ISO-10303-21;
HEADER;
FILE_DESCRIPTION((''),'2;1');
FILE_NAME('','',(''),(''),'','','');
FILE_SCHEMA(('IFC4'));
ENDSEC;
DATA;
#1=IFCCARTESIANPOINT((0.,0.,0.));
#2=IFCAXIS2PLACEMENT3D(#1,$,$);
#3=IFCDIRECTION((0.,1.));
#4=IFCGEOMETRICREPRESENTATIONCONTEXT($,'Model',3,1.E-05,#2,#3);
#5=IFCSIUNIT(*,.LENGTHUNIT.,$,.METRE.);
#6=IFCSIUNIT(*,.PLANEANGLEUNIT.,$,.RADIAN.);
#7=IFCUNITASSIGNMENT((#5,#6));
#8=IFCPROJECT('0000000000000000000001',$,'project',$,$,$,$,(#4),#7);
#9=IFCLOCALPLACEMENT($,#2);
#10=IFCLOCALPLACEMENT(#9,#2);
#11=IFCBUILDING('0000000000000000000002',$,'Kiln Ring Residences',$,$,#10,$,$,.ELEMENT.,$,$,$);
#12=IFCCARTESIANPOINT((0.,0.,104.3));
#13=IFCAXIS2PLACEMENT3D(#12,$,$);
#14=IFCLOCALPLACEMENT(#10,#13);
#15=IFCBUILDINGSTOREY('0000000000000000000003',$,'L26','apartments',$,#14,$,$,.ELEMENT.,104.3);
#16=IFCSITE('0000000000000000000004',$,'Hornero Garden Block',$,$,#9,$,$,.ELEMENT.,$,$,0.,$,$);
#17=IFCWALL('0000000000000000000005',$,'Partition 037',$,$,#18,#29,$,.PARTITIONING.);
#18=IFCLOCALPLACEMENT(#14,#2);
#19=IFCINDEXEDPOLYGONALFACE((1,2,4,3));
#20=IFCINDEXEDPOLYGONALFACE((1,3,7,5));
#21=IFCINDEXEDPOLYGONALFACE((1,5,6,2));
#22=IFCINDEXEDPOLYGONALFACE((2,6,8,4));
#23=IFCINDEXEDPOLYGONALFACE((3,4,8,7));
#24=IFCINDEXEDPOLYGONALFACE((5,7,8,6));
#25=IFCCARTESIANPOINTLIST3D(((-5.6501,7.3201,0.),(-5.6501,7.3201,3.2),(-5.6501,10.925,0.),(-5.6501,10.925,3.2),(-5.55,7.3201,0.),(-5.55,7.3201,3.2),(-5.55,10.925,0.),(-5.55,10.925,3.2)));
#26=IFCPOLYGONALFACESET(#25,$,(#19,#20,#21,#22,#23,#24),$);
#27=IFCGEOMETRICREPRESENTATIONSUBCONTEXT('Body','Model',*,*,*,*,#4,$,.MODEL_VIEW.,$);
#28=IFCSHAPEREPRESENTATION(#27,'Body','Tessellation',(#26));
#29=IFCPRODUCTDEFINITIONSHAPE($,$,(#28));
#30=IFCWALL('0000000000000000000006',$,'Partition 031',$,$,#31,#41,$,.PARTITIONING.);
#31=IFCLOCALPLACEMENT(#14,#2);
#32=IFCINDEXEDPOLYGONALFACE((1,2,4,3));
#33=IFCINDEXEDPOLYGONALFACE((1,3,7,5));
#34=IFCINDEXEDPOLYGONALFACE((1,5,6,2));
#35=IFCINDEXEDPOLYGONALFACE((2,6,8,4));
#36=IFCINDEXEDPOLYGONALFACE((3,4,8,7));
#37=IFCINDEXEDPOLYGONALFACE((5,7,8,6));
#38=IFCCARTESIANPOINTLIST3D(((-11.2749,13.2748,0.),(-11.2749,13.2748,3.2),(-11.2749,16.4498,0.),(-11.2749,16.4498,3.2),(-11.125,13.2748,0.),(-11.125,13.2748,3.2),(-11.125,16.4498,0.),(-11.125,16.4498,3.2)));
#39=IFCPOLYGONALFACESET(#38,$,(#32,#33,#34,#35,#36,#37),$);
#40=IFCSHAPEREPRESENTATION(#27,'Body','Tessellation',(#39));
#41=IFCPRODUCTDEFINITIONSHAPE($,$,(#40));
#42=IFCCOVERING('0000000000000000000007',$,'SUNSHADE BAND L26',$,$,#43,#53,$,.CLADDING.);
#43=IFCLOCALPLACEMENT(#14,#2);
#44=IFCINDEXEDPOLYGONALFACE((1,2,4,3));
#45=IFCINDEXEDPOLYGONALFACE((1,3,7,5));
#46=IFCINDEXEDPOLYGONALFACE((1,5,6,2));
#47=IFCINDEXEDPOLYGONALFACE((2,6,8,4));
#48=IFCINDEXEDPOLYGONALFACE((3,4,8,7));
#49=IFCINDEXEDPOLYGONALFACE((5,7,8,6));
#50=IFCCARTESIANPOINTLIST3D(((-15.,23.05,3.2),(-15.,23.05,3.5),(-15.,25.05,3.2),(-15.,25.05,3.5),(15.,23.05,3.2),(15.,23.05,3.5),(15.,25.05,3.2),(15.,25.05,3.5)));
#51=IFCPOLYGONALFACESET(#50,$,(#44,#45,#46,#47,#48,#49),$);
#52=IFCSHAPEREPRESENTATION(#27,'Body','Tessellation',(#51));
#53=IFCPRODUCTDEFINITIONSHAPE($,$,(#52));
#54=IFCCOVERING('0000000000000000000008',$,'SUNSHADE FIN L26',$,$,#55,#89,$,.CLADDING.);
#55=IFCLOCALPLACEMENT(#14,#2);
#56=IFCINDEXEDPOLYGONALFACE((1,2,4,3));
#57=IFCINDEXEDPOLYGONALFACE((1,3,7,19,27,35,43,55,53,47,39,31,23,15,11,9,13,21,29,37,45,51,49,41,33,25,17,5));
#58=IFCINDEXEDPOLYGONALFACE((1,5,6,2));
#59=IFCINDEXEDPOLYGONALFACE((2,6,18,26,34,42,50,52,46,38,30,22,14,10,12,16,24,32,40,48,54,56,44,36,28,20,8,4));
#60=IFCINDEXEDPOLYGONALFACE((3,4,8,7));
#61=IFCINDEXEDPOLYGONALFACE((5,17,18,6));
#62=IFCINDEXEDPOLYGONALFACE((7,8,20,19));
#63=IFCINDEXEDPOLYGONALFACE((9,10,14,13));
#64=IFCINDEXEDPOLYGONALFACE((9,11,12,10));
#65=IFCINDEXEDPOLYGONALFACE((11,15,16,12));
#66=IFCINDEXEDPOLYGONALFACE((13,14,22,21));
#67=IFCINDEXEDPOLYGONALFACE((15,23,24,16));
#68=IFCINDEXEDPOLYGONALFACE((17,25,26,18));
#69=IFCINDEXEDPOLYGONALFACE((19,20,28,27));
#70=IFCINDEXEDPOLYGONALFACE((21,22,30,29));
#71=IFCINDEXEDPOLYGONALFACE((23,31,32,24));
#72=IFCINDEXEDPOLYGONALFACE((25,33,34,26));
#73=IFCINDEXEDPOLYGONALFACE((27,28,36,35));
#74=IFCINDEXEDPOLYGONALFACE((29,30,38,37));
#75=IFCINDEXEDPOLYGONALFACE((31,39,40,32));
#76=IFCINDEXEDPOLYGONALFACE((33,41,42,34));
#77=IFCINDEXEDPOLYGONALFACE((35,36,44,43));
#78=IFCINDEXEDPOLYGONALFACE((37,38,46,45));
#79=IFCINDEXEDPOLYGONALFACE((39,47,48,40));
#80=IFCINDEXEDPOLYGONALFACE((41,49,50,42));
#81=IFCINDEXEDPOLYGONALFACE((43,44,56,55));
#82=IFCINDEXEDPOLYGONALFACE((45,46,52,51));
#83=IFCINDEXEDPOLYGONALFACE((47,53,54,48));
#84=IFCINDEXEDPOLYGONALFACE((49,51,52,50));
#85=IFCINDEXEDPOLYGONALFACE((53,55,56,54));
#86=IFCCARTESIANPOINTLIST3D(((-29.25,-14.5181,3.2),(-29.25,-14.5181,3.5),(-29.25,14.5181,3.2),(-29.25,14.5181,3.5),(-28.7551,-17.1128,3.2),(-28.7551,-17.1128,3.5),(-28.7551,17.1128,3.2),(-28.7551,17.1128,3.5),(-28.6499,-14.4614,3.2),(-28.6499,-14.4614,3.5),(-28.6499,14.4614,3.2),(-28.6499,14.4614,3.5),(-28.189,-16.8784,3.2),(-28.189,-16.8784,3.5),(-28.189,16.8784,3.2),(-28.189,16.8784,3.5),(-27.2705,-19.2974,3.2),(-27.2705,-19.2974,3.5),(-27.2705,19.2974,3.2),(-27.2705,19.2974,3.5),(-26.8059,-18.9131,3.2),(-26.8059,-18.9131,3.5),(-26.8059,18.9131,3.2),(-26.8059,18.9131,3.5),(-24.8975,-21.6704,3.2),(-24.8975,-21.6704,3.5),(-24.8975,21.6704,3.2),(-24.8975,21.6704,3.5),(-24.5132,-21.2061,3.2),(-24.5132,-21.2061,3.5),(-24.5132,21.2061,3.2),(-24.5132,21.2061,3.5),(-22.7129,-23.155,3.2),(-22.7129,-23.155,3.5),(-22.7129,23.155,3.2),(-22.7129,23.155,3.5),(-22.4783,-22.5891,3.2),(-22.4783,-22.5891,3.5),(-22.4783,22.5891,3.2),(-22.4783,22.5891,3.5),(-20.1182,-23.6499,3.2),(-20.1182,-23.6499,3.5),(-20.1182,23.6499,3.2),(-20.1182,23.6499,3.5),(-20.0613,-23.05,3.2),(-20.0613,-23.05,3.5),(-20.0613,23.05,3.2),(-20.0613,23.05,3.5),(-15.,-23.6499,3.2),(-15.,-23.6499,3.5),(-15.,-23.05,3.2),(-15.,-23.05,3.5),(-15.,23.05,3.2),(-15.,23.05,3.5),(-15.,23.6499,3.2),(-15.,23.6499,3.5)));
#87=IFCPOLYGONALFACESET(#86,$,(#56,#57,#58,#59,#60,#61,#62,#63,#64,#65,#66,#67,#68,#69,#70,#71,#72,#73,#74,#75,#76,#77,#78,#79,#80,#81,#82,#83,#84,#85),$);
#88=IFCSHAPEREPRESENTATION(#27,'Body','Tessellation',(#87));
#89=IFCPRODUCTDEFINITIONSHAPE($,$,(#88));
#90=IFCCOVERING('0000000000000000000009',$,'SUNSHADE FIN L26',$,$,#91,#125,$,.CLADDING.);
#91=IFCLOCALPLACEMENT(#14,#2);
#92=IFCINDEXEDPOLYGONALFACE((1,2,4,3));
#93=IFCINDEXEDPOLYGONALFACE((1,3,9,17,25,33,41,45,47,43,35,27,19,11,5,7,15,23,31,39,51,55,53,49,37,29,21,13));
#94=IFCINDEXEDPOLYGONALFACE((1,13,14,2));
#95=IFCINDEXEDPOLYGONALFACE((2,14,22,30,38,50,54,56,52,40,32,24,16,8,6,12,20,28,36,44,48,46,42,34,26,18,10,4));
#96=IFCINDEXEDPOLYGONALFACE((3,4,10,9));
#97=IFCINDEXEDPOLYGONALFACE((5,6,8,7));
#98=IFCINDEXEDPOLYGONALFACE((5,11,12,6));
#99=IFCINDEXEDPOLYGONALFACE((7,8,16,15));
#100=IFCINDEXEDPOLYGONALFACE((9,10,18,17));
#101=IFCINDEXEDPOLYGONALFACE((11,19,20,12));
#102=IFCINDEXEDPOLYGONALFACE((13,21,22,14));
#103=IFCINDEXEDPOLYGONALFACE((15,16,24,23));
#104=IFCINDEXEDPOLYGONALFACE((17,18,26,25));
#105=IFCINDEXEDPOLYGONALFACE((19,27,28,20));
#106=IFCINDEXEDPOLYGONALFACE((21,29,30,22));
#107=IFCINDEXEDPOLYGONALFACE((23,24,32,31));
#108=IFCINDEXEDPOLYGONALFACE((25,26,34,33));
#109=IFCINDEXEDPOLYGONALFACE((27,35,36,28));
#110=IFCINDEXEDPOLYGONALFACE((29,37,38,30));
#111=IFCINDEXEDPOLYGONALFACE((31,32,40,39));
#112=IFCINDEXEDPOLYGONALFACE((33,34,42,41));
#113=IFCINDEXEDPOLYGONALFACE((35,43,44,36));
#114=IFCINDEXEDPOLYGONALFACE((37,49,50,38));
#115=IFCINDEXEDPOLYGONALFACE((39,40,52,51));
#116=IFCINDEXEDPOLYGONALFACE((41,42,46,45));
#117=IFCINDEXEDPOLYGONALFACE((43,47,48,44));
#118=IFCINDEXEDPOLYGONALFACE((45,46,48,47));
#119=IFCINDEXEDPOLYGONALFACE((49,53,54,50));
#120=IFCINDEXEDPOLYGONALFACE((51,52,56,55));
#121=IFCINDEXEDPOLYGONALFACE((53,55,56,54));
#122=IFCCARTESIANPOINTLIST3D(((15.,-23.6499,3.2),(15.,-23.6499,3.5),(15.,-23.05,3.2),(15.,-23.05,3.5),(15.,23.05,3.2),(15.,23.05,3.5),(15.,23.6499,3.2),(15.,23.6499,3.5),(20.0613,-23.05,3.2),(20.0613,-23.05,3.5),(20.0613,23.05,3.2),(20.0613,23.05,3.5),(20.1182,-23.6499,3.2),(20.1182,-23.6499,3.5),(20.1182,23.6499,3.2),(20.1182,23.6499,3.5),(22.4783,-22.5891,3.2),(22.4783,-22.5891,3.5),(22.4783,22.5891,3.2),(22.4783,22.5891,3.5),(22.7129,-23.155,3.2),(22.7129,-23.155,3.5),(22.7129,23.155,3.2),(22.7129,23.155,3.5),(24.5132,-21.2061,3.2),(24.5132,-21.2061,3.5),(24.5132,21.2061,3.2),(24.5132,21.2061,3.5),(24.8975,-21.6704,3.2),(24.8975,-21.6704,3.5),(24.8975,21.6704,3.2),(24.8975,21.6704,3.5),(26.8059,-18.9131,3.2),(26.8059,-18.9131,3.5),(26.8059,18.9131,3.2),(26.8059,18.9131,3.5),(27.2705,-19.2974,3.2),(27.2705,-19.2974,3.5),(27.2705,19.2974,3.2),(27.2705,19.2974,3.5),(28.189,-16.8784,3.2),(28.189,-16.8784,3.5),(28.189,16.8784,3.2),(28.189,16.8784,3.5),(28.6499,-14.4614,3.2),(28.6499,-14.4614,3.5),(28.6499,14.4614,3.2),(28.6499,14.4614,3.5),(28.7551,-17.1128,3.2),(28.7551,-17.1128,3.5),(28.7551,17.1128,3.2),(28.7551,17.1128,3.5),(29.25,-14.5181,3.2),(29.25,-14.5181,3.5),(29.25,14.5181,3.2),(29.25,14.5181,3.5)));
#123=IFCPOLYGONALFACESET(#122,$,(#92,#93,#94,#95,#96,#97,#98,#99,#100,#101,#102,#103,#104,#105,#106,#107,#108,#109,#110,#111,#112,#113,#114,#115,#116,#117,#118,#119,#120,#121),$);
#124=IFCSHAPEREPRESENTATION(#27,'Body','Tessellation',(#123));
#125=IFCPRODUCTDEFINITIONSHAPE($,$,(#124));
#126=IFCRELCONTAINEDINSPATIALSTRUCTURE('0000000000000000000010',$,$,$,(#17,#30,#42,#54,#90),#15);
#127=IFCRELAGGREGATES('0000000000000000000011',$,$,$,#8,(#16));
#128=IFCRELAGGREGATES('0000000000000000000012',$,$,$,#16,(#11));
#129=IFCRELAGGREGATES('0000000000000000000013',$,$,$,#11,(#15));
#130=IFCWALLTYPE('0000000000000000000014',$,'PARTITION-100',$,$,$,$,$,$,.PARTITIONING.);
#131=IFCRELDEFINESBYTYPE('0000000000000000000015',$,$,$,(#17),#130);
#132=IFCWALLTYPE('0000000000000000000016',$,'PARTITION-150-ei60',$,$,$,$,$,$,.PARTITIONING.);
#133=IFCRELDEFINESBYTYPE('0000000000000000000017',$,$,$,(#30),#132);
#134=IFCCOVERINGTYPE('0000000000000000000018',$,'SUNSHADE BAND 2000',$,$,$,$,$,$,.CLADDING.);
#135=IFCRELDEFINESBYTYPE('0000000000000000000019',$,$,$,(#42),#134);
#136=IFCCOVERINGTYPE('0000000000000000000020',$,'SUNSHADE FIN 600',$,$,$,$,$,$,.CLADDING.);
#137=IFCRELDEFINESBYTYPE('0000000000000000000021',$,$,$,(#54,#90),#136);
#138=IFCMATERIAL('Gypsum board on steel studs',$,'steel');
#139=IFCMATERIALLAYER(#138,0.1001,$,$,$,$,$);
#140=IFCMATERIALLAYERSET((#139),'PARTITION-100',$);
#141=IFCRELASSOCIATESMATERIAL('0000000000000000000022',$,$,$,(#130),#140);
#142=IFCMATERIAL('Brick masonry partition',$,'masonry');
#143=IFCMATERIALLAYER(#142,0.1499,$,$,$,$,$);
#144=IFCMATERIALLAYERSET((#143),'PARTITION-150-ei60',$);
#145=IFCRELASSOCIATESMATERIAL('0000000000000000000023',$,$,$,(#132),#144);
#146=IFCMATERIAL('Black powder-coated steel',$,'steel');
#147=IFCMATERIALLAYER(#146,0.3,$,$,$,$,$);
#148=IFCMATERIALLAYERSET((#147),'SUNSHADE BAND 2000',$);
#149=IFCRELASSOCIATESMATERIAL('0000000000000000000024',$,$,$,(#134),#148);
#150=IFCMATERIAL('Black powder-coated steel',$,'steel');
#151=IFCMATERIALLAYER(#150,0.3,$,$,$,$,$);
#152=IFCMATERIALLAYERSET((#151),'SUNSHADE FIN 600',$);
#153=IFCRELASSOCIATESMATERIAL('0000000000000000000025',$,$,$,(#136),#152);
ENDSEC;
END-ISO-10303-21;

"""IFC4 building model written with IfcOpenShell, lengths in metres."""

from ifc_helpers import new_model, si_unit, direction, frame, frame_2d, origin, place, context, subcontext, project, spatial, polyline, rectangle, outline, extrude, material, layer, layer_set, type_object, element, save


model = new_model("IFC4")

# Units and contexts
model_context = context("Model", 3, precision=1e-05, world=origin(), true_north=direction((0.0, 1.0)))
body_context = subcontext(model_context, "Body", "Model", "MODEL_VIEW")
ifc_project = project(units=[si_unit("LENGTHUNIT", "METRE"), si_unit("PLANEANGLEUNIT", "RADIAN")], contexts=[model_context])

# Site, building, storey
site_placement = place(None, origin())
site = spatial("IfcSite", under=ifc_project, at=site_placement, Name="Hornero Garden Block", CompositionType="ELEMENT", RefElevation=0.0)
building_placement = place(site_placement, origin())
building = spatial("IfcBuilding", under=site, at=building_placement, Name="Kiln Ring Residences", CompositionType="ELEMENT")
storey_placement = place(building_placement, frame((0.0, 0.0, 104.3)))
storey = spatial("IfcBuildingStorey", under=building, at=storey_placement, Name="L26", Description="apartments", CompositionType="ELEMENT", Elevation=104.3)

# Walls
ifc_material_1 = material(Name="Gypsum board on steel studs", Category="steel")
ifc_layer_1 = layer(ifc_material_1, 0.1001)
ifc_layer_set_1 = layer_set([ifc_layer_1], Name="PARTITION-100")
wall_type_1 = type_object("IfcWallType", Name="PARTITION-100", PredefinedType="PARTITIONING", material=ifc_layer_set_1)
wall_1_placement = place(storey_placement, frame((-5.6001, 7.3201, 0.0), z_axis=(0.0, 0.0, 1.0), x_axis=(0.0, 1.0, 0.0)))
element("IfcWall", 1, at=wall_1_placement, inside=storey, type_object=wall_type_1, Name="Partition 037", PredefinedType="PARTITIONING", context=body_context, shape_type="SweptSolid", body=[
    extrude(rectangle(XDim=3.605, YDim=0.1001, at=frame_2d((1.8025, 0.0))), origin(), (0.0, 0.0, 1.0), 3.2),
])
ifc_material_2 = material(Name="Brick masonry partition", Category="masonry")
ifc_layer_2 = layer(ifc_material_2, 0.1499)
ifc_layer_set_2 = layer_set([ifc_layer_2], Name="PARTITION-150-ei60")
wall_type_2 = type_object("IfcWallType", Name="PARTITION-150-ei60", PredefinedType="PARTITIONING", material=ifc_layer_set_2)
wall_2_placement = place(storey_placement, frame((-11.2, 13.2749, 0.0), z_axis=(0.0, 0.0, 1.0), x_axis=(0.0, 1.0, 0.0)))
element("IfcWall", 2, at=wall_2_placement, inside=storey, type_object=wall_type_2, Name="Partition 031", PredefinedType="PARTITIONING", context=body_context, shape_type="SweptSolid", body=[
    extrude(rectangle(XDim=3.175, YDim=0.1499, at=frame_2d((1.5874, 0.0))), origin(), (0.0, 0.0, 1.0), 3.2),
])

# Coverings
ifc_material_3 = material(Name="Black powder-coated steel", Category="steel")
ifc_layer_3 = layer(ifc_material_3, 0.3)
ifc_layer_set_3 = layer_set([ifc_layer_3], Name="SUNSHADE BAND 2000")
covering_type_1 = type_object("IfcCoveringType", Name="SUNSHADE BAND 2000", PredefinedType="CLADDING", material=ifc_layer_set_3)
placement = place(storey_placement, frame((0.0, 0.0, 3.2)))
element("IfcCovering", 3, at=placement, inside=storey, type_object=covering_type_1, Name="SUNSHADE BAND L26", PredefinedType="CLADDING", context=body_context, shape_type="SweptSolid", body=[
    extrude(outline(polyline([(15.0, 25.05), (-15.0, 25.05), (-15.0, 23.05), (15.0, 23.05), (15.0, 25.05)])), origin(), (0.0, 0.0, 1.0), 0.3),
])
ifc_material_4 = material(Name="Black powder-coated steel", Category="steel")
ifc_layer_4 = layer(ifc_material_4, 0.3)
ifc_layer_set_4 = layer_set([ifc_layer_4], Name="SUNSHADE FIN 600")
covering_type_2 = type_object("IfcCoveringType", Name="SUNSHADE FIN 600", PredefinedType="CLADDING", material=ifc_layer_set_4)
element("IfcCovering", 4, at=placement, inside=storey, type_object=covering_type_2, Name="SUNSHADE FIN L26", PredefinedType="CLADDING", context=body_context, shape_type="SweptSolid", body=[
    extrude(outline(polyline([(-29.25, -14.5181), (-28.7551, -17.1128), (-27.2705, -19.2974), (-24.8975, -21.6704), (-22.7129, -23.155), (-20.1182, -23.6499), (-15.0, -23.6499), (-15.0, -23.05), (-20.0613, -23.05), (-22.4783, -22.5891), (-24.5132, -21.2061), (-26.8059, -18.9131), (-28.189, -16.8784), (-28.6499, -14.4614), (-28.6499, 14.4614), (-28.189, 16.8784), (-26.8059, 18.9131), (-24.5132, 21.2061), (-22.4783, 22.5891), (-20.0613, 23.05), (-15.0, 23.05), (-15.0, 23.6499), (-20.1182, 23.6499), (-22.7129, 23.155), (-24.8975, 21.6704), (-27.2705, 19.2974), (-28.7551, 17.1128), (-29.25, 14.5181), (-29.25, -14.5181)])), origin(), (0.0, 0.0, 1.0), 0.3),
])
element("IfcCovering", 5, at=placement, inside=storey, type_object=covering_type_2, Name="SUNSHADE FIN L26", PredefinedType="CLADDING", context=body_context, shape_type="SweptSolid", body=[
    extrude(outline(polyline([(20.1182, 23.6499), (15.0, 23.6499), (15.0, 23.05), (20.0613, 23.05), (22.4783, 22.5891), (24.5132, 21.2061), (26.8059, 18.9131), (28.189, 16.8784), (28.6499, 14.4614), (28.6499, -14.4614), (28.189, -16.8784), (26.8059, -18.9131), (24.5132, -21.2061), (22.4783, -22.5891), (20.0613, -23.05), (15.0, -23.05), (15.0, -23.6499), (20.1182, -23.6499), (22.7129, -23.155), (24.8975, -21.6704), (27.2705, -19.2974), (28.7551, -17.1128), (29.25, -14.5181), (29.25, 14.5181), (28.7551, 17.1128), (27.2705, 19.2974), (24.8975, 21.6704), (22.7129, 23.155), (20.1182, 23.6499)])), origin(), (0.0, 0.0, 1.0), 0.3),
])

save(model, "model.ifc")
